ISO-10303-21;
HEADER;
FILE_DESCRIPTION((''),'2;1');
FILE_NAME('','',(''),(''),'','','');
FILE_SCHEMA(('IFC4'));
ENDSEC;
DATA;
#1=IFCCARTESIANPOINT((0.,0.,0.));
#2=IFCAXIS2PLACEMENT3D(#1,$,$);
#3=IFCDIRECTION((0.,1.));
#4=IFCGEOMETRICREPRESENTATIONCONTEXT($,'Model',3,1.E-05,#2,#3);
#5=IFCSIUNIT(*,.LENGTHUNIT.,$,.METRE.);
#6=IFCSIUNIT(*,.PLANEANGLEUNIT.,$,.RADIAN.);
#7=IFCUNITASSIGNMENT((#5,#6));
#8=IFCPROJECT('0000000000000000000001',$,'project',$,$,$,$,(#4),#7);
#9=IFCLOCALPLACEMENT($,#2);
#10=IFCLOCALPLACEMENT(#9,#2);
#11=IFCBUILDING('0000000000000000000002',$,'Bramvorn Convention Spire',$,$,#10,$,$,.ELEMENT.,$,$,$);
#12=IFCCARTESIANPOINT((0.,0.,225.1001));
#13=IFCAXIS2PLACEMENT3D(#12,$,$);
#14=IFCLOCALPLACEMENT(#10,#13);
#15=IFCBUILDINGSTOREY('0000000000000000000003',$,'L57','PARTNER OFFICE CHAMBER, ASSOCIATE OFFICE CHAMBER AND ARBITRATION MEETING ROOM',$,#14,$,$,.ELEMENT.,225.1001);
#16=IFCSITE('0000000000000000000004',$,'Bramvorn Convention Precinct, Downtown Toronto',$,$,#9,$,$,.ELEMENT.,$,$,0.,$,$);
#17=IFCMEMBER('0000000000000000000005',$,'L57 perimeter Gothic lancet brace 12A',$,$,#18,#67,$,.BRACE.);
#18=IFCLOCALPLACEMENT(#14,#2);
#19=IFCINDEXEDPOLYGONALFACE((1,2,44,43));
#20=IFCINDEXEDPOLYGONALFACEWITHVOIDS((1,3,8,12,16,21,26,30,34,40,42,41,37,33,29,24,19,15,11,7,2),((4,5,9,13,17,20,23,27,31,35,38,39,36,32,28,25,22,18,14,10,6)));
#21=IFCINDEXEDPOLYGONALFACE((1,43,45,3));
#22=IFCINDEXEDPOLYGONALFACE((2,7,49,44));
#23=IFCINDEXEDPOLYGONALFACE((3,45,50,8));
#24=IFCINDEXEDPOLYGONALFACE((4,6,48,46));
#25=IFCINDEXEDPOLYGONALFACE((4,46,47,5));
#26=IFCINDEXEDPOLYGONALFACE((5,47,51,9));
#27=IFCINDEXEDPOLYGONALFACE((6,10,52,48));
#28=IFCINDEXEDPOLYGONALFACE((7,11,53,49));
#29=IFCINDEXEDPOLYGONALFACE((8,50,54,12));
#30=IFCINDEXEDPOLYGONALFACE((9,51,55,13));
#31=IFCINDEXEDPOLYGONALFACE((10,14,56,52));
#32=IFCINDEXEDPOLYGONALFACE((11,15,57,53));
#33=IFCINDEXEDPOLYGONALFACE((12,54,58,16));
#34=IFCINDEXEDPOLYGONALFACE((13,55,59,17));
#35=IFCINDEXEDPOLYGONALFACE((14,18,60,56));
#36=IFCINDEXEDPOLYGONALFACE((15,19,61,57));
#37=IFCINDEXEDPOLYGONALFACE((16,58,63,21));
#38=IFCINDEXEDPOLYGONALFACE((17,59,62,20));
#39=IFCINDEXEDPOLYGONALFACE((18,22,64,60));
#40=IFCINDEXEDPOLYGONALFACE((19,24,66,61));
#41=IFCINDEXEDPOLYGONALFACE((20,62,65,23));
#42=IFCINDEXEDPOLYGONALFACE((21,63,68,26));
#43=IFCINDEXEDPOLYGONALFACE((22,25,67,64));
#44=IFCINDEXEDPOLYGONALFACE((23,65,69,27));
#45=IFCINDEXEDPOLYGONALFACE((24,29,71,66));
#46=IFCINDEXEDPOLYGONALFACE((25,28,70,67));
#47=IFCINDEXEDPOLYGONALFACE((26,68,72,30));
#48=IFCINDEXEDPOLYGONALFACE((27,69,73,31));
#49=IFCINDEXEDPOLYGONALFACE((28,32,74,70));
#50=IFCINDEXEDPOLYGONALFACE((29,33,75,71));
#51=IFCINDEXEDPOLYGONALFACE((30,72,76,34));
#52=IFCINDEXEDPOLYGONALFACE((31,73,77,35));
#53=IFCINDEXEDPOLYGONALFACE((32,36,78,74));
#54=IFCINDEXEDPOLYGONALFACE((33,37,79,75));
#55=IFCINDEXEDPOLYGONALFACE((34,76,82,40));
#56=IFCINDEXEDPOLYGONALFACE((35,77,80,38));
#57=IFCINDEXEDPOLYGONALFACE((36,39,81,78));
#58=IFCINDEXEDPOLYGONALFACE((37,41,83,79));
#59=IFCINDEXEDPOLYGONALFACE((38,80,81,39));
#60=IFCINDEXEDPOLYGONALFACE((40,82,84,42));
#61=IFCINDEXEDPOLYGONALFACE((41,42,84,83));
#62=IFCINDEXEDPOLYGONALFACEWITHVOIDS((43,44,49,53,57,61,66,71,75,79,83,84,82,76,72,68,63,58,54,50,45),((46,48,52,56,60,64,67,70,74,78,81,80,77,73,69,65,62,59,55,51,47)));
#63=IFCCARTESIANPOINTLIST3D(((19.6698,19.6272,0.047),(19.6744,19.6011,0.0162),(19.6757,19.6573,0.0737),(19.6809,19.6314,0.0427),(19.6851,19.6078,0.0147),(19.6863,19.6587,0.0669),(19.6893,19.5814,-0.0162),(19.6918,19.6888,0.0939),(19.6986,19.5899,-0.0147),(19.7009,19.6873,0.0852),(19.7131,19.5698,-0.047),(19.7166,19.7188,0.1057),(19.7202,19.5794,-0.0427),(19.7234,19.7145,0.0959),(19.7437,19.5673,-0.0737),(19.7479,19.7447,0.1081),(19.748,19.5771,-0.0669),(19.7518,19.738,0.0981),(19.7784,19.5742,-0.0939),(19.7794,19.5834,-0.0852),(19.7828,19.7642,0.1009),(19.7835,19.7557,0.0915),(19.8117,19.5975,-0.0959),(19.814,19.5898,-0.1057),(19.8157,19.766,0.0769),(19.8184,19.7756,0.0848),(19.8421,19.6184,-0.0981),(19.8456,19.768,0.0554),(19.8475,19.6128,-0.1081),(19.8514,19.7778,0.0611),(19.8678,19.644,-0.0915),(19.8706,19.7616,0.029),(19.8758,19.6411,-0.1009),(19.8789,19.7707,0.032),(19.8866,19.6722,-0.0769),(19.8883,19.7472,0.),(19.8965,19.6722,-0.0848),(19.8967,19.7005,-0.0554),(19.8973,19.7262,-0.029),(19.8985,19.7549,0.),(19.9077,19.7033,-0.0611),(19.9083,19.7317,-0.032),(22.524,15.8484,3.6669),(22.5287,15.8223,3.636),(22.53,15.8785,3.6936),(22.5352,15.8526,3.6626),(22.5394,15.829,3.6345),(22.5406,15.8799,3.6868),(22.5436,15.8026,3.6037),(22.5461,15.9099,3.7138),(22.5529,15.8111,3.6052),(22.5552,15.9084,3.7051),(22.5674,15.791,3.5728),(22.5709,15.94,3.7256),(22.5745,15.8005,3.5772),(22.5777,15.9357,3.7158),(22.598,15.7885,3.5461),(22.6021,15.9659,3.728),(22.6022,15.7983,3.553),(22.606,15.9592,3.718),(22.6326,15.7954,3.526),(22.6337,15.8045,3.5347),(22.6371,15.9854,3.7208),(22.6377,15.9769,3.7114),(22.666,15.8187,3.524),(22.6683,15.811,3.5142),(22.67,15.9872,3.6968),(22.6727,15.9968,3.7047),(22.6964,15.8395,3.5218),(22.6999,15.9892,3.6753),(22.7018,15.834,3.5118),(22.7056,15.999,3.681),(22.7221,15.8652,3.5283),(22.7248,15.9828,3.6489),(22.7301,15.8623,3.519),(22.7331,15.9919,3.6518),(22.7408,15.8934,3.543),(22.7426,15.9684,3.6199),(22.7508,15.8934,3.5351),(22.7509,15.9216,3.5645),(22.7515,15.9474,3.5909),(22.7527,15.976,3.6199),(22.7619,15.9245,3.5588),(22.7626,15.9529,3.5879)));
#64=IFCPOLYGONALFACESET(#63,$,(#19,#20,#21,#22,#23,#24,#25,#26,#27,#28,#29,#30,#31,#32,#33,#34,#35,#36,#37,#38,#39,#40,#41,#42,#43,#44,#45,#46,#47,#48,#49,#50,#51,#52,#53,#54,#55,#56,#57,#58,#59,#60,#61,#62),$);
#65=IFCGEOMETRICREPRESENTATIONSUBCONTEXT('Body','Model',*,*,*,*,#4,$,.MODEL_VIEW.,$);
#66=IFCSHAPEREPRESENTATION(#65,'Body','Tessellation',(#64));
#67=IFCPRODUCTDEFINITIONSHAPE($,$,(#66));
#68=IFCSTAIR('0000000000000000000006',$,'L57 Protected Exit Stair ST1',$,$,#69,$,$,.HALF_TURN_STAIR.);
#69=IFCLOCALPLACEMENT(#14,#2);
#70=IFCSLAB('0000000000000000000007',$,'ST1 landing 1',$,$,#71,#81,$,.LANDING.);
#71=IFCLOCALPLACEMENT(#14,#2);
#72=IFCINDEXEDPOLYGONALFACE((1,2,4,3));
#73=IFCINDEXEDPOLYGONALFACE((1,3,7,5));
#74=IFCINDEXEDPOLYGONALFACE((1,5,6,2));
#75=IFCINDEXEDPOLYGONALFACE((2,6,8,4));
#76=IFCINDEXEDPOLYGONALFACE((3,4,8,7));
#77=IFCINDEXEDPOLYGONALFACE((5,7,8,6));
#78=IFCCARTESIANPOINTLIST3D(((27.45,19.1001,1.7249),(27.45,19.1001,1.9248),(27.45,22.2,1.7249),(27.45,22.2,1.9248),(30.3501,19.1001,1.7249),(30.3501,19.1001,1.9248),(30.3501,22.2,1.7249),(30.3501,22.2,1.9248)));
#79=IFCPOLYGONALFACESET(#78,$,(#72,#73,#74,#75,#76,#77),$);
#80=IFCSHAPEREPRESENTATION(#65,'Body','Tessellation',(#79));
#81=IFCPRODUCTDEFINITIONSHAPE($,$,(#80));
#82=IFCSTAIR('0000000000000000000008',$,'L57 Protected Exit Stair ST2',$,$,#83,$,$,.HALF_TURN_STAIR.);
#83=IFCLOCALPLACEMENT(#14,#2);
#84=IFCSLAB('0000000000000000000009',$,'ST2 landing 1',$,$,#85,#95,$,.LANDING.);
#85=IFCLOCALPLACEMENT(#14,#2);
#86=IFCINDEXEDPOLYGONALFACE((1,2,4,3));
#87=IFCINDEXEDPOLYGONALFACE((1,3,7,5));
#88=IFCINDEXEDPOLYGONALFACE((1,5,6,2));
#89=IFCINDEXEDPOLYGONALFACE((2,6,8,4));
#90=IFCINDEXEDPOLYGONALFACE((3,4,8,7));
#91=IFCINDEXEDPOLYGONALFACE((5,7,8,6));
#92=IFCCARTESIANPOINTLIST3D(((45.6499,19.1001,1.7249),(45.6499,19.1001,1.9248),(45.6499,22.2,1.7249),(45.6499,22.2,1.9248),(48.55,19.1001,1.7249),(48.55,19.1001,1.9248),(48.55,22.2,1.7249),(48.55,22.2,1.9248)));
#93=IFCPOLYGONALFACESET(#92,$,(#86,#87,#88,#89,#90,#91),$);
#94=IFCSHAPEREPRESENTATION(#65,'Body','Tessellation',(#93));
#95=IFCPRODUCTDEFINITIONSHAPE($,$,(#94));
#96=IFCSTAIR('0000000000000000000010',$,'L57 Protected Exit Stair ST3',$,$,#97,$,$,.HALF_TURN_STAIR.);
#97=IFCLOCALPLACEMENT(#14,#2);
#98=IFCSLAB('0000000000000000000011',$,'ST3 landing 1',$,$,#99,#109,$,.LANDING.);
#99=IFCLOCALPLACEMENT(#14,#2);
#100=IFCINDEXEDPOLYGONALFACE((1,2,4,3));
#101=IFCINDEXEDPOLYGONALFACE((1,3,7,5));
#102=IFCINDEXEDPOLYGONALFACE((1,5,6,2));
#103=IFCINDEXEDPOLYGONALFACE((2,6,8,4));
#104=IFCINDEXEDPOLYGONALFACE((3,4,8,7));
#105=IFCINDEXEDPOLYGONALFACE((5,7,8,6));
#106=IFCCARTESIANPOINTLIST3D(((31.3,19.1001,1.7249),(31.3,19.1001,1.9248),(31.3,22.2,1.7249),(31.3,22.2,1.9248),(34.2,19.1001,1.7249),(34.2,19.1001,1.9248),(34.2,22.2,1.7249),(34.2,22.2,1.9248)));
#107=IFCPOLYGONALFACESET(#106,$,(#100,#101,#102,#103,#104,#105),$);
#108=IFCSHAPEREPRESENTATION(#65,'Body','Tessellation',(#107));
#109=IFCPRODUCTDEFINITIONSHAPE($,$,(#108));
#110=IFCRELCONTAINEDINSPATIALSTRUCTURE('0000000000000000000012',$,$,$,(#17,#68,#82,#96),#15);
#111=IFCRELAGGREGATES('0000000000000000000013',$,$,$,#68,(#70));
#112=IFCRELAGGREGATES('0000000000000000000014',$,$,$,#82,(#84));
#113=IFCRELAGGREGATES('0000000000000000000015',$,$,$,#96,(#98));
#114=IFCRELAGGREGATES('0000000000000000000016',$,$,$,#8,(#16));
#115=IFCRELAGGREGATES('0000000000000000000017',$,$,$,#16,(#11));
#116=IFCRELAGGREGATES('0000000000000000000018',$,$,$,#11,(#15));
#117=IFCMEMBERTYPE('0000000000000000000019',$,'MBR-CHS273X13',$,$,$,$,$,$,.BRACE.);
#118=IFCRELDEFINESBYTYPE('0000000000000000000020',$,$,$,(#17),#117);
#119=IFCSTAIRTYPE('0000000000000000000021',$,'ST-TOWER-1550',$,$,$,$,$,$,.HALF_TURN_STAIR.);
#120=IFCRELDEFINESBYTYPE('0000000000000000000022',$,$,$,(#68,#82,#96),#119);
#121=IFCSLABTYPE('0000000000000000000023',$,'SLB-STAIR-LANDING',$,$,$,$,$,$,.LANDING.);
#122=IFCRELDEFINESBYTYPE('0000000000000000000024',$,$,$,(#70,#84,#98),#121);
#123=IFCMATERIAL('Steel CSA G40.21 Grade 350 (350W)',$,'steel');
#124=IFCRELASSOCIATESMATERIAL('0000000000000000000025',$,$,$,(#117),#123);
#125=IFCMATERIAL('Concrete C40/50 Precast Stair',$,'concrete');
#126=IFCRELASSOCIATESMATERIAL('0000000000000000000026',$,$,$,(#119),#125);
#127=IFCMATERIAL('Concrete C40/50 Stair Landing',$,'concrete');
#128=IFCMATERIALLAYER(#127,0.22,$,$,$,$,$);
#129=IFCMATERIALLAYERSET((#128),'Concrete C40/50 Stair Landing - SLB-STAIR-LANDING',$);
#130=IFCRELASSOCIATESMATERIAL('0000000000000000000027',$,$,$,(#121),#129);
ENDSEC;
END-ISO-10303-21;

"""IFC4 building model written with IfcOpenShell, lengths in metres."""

from ifc_helpers import new_model, si_unit, direction, frame, origin, origin_2d, place, context, subcontext, project, spatial, polyline, hollow_circle, outline, extrude, material, layer, layer_set, material_profile, profile_set, type_object, element, aggregate, save


model = new_model("IFC4")

# Units and contexts
model_context = context("Model", 3, precision=1e-05, world=origin(), true_north=direction((0.0, 1.0)))
body_context = subcontext(model_context, "Body", "Model", "MODEL_VIEW")
ifc_project = project(units=[si_unit("LENGTHUNIT", "METRE"), si_unit("PLANEANGLEUNIT", "RADIAN")], contexts=[model_context])

# Site, building, storey
site_placement = place(None, origin())
site = spatial("IfcSite", under=ifc_project, at=site_placement, Name="Bramvorn Convention Precinct, Downtown Toronto", CompositionType="ELEMENT", RefElevation=0.0)
building_placement = place(site_placement, origin())
building = spatial("IfcBuilding", under=site, at=building_placement, Name="Bramvorn Convention Spire", CompositionType="ELEMENT")
storey_placement = place(building_placement, frame((0.0, 0.0, 225.1001)))
storey = spatial("IfcBuildingStorey", under=building, at=storey_placement, Name="L57", Description="PARTNER OFFICE CHAMBER, ASSOCIATE OFFICE CHAMBER AND ARBITRATION MEETING ROOM", CompositionType="ELEMENT", Elevation=225.1001)

# Shared definitions
ifc_material_1 = material(Name="Steel CSA G40.21 Grade 350 (350W)", Category="steel")

# Member
ifc_material_profile_1 = material_profile(ifc_material_1, hollow_circle(Radius=0.1365, WallThickness=0.0127, at=origin_2d()))
ifc_profile_set_1 = profile_set([ifc_material_profile_1], Name="Steel CSA G40.21 Grade 350 (350W) - CHS273X13")
member_type = type_object("IfcMemberType", Name="MBR-CHS273X13", PredefinedType="BRACE", material=ifc_profile_set_1)
member_placement = place(storey_placement, frame((19.7896, 19.6726, 0.0), z_axis=(0.478847, -0.633957, 0.607293), x_axis=(0.797954, 0.602719, 0.0)))
element("IfcMember", 1, at=member_placement, inside=storey, type_object=member_type, Name="L57 perimeter Gothic lancet brace 12A", PredefinedType="BRACE", context=body_context, shape_type="SweptSolid", body=[
    extrude(hollow_circle(Radius=0.1365, WallThickness=0.0127, at=origin_2d()), origin(), (0.0, 0.0, 1.0), 5.9607),
])

# Stairs, slabs
ifc_material_2 = material(Name="Concrete C40/50 Precast Stair", Category="concrete")
stair_type = type_object("IfcStairType", Name="ST-TOWER-1550", PredefinedType="HALF_TURN_STAIR", material=ifc_material_2)
stair_1_placement = place(storey_placement, origin())
stair_1 = element("IfcStair", 2, at=stair_1_placement, inside=storey, type_object=stair_type, Name="L57 Protected Exit Stair ST1", PredefinedType="HALF_TURN_STAIR")
ifc_material_3 = material(Name="Concrete C40/50 Stair Landing", Category="concrete")
ifc_layer_1 = layer(ifc_material_3, 0.22)
ifc_layer_set_1 = layer_set([ifc_layer_1], Name="Concrete C40/50 Stair Landing - SLB-STAIR-LANDING")
slab_type_1 = type_object("IfcSlabType", Name="SLB-STAIR-LANDING", PredefinedType="LANDING", material=ifc_layer_set_1)
slab_1_placement = place(storey_placement, frame((0.0, 0.0, 1.7249)))
slab_1 = element("IfcSlab", 3, at=slab_1_placement, type_object=slab_type_1, Name="ST1 landing 1", PredefinedType="LANDING", context=body_context, shape_type="SweptSolid", body=[
    extrude(outline(polyline([(27.45, 22.2), (27.45, 19.1001), (30.3501, 19.1001), (30.3501, 22.2), (27.45, 22.2)])), origin(), (0.0, 0.0, 1.0), 0.2),
])
aggregate(stair_1, [slab_1])
stair_2_placement = place(storey_placement, origin())
stair_2 = element("IfcStair", 4, at=stair_2_placement, inside=storey, type_object=stair_type, Name="L57 Protected Exit Stair ST2", PredefinedType="HALF_TURN_STAIR")
slab_2_placement = place(storey_placement, frame((0.0, 0.0, 1.7249)))
slab_2 = element("IfcSlab", 5, at=slab_2_placement, type_object=slab_type_1, Name="ST2 landing 1", PredefinedType="LANDING", context=body_context, shape_type="SweptSolid", body=[
    extrude(outline(polyline([(45.6499, 22.2), (45.6499, 19.1001), (48.55, 19.1001), (48.55, 22.2), (45.6499, 22.2)])), origin(), (0.0, 0.0, 1.0), 0.2),
])
aggregate(stair_2, [slab_2])
stair_3_placement = place(storey_placement, origin())
stair_3 = element("IfcStair", 6, at=stair_3_placement, inside=storey, type_object=stair_type, Name="L57 Protected Exit Stair ST3", PredefinedType="HALF_TURN_STAIR")
slab_3_placement = place(storey_placement, frame((0.0, 0.0, 1.7249)))
slab_3 = element("IfcSlab", 7, at=slab_3_placement, type_object=slab_type_1, Name="ST3 landing 1", PredefinedType="LANDING", context=body_context, shape_type="SweptSolid", body=[
    extrude(outline(polyline([(31.3, 22.2), (31.3, 19.1001), (34.2, 19.1001), (34.2, 22.2), (31.3, 22.2)])), origin(), (0.0, 0.0, 1.0), 0.2),
])
aggregate(stair_3, [slab_3])

save(model, "model.ifc")
